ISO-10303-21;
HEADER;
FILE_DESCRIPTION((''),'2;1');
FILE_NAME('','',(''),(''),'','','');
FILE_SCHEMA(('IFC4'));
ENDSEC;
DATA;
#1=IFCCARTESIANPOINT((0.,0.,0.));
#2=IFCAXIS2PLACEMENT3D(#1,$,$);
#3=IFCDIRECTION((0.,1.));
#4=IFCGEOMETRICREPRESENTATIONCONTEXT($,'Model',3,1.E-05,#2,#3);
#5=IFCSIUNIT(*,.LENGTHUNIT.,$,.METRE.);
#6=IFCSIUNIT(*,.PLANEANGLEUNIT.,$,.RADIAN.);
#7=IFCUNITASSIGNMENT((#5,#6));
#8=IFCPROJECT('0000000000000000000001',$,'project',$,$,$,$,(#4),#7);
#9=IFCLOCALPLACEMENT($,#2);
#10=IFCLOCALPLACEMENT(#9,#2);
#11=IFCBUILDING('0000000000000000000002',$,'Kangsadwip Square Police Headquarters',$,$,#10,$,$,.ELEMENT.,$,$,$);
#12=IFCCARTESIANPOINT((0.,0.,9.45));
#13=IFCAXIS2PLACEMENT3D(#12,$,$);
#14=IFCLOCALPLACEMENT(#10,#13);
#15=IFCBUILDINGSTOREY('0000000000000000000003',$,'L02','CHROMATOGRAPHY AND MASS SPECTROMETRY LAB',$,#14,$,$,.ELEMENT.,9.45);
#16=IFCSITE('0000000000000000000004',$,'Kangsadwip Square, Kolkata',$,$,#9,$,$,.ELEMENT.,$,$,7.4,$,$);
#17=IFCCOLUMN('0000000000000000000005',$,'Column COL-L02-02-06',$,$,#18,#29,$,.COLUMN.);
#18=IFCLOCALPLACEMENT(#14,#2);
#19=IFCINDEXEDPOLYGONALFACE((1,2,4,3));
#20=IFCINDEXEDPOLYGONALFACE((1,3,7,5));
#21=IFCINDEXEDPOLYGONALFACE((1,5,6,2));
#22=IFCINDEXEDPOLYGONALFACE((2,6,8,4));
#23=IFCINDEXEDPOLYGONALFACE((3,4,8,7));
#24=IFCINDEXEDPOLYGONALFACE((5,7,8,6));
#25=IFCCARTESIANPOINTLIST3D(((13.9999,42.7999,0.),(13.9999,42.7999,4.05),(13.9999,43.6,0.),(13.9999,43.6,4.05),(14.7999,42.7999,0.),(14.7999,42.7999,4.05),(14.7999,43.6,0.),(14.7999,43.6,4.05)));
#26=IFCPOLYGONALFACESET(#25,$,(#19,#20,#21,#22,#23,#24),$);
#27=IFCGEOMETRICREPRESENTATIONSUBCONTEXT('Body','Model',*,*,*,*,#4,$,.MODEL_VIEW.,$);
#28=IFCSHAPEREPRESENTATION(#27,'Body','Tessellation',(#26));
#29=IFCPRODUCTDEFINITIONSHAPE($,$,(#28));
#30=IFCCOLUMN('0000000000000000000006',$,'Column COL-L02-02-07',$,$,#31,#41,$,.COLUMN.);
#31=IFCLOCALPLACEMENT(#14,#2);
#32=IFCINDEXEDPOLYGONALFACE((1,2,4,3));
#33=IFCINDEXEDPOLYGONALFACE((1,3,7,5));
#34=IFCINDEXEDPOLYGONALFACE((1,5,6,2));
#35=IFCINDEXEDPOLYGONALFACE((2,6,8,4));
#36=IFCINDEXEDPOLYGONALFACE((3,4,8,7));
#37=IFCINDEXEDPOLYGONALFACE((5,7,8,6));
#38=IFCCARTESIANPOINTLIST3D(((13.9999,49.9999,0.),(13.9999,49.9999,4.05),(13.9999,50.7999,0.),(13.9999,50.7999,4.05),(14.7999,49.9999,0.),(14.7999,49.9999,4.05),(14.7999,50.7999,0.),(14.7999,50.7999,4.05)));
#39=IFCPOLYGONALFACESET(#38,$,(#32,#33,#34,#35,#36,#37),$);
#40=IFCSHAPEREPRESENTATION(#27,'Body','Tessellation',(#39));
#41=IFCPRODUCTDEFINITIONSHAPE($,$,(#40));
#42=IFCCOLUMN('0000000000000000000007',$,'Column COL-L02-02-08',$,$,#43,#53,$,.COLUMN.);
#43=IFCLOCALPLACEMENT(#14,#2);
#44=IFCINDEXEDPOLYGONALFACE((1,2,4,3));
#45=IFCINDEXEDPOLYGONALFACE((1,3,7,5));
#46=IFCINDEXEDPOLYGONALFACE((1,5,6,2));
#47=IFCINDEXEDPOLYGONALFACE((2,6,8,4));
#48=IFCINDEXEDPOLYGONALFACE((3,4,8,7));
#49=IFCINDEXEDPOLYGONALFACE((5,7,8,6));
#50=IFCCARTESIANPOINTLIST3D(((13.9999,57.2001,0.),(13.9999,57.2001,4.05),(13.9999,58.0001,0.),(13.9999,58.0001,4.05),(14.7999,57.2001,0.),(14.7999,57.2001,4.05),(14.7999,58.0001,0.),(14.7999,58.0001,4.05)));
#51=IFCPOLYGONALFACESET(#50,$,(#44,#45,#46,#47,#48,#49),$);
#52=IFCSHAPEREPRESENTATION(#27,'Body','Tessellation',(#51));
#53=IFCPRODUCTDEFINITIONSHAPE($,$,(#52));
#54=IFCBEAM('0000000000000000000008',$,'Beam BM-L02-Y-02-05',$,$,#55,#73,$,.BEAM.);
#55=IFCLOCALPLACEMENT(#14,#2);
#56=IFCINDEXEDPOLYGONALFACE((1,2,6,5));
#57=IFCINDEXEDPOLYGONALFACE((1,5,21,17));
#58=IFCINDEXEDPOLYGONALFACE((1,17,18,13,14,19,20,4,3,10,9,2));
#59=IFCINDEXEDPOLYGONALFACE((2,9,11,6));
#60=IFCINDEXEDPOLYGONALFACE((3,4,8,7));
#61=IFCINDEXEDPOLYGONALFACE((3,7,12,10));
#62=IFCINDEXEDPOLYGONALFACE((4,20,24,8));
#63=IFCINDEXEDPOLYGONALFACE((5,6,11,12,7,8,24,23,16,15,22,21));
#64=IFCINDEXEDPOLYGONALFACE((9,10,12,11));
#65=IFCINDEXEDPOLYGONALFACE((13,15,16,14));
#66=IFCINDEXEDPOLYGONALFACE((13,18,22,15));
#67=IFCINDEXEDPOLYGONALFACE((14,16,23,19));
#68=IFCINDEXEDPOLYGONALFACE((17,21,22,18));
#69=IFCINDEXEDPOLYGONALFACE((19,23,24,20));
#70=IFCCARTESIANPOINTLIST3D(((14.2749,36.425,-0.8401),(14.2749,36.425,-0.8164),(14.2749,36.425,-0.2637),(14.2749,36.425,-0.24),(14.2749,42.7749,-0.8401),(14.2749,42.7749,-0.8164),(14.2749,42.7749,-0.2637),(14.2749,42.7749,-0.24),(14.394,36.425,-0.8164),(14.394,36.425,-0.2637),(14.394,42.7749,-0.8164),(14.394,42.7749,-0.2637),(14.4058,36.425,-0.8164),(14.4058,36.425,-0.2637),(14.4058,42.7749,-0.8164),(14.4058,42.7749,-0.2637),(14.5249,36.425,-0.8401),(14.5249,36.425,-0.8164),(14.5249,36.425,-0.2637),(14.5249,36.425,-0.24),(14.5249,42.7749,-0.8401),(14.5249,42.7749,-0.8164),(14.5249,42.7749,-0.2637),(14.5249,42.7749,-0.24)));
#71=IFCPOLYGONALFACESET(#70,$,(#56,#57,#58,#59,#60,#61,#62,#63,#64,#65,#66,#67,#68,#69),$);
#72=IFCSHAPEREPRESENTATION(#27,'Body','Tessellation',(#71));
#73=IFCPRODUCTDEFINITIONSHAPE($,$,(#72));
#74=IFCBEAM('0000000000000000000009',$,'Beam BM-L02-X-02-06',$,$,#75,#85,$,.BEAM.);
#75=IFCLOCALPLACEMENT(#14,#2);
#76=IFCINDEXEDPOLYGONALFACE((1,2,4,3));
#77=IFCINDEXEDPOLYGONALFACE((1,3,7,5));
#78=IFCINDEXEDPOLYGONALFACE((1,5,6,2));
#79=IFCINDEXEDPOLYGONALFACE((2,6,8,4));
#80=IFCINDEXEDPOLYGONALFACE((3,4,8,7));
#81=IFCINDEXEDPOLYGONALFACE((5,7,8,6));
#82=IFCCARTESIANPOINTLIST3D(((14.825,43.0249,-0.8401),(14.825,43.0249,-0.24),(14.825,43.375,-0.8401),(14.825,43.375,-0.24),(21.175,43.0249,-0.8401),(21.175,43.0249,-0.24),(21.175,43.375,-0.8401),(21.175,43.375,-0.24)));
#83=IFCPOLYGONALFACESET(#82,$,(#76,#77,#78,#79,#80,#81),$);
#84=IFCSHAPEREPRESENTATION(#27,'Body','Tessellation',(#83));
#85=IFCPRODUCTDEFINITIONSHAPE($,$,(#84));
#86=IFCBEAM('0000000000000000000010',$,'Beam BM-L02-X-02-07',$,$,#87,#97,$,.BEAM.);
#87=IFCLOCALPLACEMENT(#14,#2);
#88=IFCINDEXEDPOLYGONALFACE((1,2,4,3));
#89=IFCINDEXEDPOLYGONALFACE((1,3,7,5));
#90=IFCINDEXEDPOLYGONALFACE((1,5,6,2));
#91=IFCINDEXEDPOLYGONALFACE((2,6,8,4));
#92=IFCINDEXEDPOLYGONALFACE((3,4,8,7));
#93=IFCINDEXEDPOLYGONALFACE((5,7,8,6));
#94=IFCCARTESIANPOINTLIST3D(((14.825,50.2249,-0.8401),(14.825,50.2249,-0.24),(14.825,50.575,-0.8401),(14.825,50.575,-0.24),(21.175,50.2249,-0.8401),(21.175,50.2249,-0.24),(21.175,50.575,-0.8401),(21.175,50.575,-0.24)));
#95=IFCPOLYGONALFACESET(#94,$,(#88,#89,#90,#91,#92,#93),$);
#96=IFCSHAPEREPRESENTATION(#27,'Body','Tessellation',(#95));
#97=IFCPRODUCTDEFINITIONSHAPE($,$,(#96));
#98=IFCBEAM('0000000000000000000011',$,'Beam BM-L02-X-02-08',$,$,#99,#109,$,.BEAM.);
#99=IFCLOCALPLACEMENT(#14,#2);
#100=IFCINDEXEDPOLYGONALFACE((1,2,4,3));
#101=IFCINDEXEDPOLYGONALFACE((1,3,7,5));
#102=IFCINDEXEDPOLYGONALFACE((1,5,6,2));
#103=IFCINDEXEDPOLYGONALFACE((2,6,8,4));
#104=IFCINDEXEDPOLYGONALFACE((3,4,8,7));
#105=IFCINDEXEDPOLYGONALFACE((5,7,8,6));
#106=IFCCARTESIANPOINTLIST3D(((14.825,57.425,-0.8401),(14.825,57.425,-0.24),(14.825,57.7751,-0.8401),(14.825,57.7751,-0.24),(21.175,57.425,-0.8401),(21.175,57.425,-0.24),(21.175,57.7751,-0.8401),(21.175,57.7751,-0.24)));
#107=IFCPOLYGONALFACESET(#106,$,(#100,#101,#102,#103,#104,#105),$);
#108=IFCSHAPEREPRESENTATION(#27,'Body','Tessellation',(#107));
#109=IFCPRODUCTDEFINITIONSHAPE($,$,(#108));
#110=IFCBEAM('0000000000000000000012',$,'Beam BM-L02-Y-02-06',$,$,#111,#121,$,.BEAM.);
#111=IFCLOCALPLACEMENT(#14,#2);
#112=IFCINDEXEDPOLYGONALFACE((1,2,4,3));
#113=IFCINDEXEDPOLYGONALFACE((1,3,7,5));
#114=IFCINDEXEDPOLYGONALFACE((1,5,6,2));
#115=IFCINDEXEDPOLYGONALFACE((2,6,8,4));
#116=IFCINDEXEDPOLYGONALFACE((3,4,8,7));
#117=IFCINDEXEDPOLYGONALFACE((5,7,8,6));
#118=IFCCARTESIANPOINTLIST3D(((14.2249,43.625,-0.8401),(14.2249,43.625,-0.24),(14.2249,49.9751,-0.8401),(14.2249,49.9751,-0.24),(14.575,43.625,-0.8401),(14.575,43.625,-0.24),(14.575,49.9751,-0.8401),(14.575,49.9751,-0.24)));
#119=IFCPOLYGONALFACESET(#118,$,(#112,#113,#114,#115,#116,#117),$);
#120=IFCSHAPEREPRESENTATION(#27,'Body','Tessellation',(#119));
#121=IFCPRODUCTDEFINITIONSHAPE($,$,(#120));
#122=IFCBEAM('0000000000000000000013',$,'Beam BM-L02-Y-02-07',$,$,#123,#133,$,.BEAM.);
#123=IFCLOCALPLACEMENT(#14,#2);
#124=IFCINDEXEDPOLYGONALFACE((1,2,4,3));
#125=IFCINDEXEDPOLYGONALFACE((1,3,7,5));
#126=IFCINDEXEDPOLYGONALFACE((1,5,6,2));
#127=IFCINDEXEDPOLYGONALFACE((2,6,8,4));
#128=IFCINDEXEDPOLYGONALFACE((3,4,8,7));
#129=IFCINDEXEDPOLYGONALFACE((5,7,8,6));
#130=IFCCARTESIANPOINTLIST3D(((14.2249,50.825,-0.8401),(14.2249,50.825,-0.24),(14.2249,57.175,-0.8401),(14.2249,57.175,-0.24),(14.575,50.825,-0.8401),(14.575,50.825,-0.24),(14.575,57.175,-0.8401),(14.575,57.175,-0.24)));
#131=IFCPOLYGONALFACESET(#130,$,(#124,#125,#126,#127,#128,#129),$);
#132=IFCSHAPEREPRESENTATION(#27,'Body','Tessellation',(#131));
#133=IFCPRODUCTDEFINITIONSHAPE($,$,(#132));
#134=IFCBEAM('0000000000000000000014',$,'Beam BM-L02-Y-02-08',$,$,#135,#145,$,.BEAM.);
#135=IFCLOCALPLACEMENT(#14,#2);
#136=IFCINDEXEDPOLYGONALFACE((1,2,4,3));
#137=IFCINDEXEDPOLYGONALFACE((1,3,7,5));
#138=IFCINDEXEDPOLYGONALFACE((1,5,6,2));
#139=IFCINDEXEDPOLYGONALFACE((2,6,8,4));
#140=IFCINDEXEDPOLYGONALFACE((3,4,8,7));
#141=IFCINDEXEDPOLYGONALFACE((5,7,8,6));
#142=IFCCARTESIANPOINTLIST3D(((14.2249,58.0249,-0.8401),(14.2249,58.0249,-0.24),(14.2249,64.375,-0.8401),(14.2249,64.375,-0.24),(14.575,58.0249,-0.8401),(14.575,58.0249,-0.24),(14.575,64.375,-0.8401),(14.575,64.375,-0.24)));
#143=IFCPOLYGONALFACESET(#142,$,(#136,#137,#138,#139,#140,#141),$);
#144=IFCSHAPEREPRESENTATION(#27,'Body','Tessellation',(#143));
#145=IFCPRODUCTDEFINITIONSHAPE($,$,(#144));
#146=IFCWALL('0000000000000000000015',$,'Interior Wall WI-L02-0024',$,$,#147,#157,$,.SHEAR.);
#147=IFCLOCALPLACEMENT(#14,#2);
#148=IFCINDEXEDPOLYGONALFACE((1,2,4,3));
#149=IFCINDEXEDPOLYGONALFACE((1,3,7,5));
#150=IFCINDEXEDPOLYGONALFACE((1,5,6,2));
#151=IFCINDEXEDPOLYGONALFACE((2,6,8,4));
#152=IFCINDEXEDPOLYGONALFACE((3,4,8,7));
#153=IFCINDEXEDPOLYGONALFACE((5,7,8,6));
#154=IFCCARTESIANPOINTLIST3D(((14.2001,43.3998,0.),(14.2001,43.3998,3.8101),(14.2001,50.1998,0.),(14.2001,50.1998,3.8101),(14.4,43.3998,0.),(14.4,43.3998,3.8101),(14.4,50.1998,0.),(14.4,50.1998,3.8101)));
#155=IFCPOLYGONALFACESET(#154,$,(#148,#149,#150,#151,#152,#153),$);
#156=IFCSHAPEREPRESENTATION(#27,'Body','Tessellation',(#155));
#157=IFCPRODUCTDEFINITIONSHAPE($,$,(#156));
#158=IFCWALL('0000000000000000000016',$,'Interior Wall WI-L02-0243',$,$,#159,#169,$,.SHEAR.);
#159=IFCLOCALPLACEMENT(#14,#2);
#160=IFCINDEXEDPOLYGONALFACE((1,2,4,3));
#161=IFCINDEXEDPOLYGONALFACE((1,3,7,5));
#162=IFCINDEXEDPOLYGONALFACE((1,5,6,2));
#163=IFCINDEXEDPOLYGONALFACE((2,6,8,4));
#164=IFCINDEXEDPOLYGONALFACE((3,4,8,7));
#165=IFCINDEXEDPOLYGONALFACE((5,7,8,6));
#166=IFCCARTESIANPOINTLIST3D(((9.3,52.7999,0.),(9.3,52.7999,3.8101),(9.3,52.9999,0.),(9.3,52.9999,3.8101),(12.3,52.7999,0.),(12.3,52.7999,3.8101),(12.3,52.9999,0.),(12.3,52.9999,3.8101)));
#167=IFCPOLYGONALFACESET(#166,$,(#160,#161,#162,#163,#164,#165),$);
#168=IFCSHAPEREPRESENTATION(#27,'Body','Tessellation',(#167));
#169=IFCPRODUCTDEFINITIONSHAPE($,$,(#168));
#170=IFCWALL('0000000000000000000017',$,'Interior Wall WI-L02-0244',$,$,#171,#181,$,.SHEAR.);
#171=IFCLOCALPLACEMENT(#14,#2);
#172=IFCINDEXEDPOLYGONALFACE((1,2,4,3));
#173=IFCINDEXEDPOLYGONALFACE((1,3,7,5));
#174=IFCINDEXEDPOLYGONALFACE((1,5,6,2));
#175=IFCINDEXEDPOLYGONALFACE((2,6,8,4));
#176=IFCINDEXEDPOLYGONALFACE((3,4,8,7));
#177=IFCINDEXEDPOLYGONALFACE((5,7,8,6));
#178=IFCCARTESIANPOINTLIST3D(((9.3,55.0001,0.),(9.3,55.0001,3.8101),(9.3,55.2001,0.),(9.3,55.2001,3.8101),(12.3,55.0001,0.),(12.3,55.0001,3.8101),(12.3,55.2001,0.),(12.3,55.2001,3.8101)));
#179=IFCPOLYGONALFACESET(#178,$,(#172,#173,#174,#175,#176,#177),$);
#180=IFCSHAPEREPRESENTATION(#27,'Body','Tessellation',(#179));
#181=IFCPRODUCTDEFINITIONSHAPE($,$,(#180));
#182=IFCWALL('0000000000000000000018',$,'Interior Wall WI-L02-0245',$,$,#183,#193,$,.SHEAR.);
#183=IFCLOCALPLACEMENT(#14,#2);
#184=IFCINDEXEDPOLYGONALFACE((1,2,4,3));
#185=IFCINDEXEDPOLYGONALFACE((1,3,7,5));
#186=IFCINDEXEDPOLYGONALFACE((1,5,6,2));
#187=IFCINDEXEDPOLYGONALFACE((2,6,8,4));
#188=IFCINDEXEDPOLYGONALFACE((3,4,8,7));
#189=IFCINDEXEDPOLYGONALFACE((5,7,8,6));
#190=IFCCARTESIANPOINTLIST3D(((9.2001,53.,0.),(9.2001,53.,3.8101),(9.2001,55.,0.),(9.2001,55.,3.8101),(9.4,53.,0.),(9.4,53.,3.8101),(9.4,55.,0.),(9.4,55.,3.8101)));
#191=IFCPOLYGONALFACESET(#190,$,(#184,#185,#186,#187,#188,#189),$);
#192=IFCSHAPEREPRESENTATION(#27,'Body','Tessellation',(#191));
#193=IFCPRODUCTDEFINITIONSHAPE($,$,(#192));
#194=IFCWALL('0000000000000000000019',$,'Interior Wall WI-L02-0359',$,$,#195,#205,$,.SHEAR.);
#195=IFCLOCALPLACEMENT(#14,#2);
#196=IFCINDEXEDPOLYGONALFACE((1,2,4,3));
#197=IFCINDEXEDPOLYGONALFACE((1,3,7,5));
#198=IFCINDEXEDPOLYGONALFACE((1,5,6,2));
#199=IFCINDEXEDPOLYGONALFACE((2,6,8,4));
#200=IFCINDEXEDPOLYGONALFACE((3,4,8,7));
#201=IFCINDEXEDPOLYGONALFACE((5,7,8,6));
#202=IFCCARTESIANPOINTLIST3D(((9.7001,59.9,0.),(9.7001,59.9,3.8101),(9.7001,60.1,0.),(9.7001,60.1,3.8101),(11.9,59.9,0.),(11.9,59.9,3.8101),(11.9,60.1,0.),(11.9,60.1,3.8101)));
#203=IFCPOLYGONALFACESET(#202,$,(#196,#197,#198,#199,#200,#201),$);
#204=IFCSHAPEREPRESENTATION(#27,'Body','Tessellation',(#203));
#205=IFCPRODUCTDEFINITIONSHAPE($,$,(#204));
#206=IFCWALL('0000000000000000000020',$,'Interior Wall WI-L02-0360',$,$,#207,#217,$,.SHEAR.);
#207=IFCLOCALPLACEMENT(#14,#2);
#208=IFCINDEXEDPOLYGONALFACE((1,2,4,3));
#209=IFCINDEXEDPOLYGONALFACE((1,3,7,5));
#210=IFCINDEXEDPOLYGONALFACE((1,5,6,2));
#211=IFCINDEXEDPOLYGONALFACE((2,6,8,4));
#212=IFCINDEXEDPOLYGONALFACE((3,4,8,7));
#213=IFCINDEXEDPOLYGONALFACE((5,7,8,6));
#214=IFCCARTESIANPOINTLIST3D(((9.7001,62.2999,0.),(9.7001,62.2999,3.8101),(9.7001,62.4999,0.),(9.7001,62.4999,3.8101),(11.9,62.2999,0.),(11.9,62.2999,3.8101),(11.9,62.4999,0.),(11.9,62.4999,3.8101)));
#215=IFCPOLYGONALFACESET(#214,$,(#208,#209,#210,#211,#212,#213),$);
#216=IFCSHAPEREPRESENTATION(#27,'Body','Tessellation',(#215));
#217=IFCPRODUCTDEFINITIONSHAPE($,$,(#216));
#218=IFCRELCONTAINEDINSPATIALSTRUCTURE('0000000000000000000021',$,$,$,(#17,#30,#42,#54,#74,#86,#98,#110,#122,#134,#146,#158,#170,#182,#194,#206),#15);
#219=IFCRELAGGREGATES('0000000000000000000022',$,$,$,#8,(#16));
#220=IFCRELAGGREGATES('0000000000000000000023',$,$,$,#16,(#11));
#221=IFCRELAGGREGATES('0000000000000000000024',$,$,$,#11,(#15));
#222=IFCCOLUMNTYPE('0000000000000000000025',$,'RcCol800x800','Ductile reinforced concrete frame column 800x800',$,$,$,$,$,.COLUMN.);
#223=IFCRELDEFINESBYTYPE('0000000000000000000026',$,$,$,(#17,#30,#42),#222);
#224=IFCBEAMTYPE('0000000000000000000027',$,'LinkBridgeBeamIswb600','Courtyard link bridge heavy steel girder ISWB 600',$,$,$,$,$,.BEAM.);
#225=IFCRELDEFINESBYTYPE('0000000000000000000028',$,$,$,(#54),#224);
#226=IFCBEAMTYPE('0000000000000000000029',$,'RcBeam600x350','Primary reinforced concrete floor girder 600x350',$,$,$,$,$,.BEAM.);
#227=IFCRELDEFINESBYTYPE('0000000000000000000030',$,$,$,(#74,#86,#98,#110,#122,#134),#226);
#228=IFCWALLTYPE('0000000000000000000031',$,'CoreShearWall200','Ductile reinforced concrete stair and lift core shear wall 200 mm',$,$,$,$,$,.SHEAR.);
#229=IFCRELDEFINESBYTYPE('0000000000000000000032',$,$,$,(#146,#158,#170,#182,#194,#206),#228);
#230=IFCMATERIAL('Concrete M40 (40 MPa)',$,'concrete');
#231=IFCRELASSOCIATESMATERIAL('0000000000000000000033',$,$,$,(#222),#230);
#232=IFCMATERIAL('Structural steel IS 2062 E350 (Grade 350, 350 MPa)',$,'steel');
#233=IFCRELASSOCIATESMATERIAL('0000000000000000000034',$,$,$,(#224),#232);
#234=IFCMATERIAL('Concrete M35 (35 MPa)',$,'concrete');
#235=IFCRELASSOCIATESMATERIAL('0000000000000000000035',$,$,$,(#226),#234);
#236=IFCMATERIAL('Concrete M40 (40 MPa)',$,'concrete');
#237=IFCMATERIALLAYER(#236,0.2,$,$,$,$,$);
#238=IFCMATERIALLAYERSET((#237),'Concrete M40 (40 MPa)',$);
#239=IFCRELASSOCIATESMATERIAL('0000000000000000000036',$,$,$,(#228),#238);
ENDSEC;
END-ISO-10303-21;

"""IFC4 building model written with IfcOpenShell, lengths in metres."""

from ifc_helpers import new_model, si_unit, direction, frame, frame_2d, origin, origin_2d, place, context, subcontext, project, spatial, rectangle, i_section, extrude, material, layer, layer_set, material_profile, profile_set, type_object, element, save


model = new_model("IFC4")

# Units and contexts
model_context = context("Model", 3, precision=1e-05, world=origin(), true_north=direction((0.0, 1.0)))
body_context = subcontext(model_context, "Body", "Model", "MODEL_VIEW")
ifc_project = project(units=[si_unit("LENGTHUNIT", "METRE"), si_unit("PLANEANGLEUNIT", "RADIAN")], contexts=[model_context])

# Site, building, storey
site_placement = place(None, origin())
site = spatial("IfcSite", under=ifc_project, at=site_placement, Name="Kangsadwip Square, Kolkata", CompositionType="ELEMENT", RefElevation=7.4)
building_placement = place(site_placement, origin())
building = spatial("IfcBuilding", under=site, at=building_placement, Name="Kangsadwip Square Police Headquarters", CompositionType="ELEMENT")
storey_placement = place(building_placement, frame((0.0, 0.0, 9.45)))
storey = spatial("IfcBuildingStorey", under=building, at=storey_placement, Name="L02", Description="CHROMATOGRAPHY AND MASS SPECTROMETRY LAB", CompositionType="ELEMENT", Elevation=9.45)

# Columns
ifc_material_1 = material(Name="Concrete M40 (40 MPa)", Category="concrete")
ifc_material_profile_1 = material_profile(ifc_material_1, rectangle(XDim=0.8, YDim=0.8, at=origin_2d()), Name="RC COL 800X800")
ifc_profile_set_1 = profile_set([ifc_material_profile_1], Name="Concrete M40 (40 MPa)")
column_type = type_object("IfcColumnType", Name="RcCol800x800", Description="Ductile reinforced concrete frame column 800x800", PredefinedType="COLUMN", material=ifc_profile_set_1)
for number, where, z_axis, x_axis, name in (
    (1, (14.3999, 43.2, 0.0), (0.0, 0.0, 1.0), (1.0, 0.0, 0.0), "Column COL-L02-02-06"),
    (2, (14.3999, 50.3999, 0.0), (0.0, 0.0, 1.0), (1.0, 0.0, 0.0), "Column COL-L02-02-07"),
    (3, (14.3999, 57.6001, 0.0), (0.0, 0.0, 1.0), (1.0, 0.0, 0.0), "Column COL-L02-02-08"),
):
    element("IfcColumn", number, at=place(storey_placement, frame(where, z_axis=z_axis, x_axis=x_axis)), inside=storey, type_object=column_type, Name=name, PredefinedType="COLUMN", context=body_context, shape_type="SweptSolid", body=[
        extrude(rectangle(XDim=0.8, YDim=0.8, at=origin_2d()), origin(), (0.0, 0.0, 1.0), 4.05),
    ])

# Beams
ifc_material_2 = material(Name="Structural steel IS 2062 E350 (Grade 350, 350 MPa)", Category="steel")
ifc_material_profile_2 = material_profile(ifc_material_2, i_section(OverallWidth=0.25, OverallDepth=0.6001, WebThickness=0.0117, FlangeThickness=0.0237, at=origin_2d()), Name="ISWB 600")
ifc_profile_set_2 = profile_set([ifc_material_profile_2], Name="Structural steel IS 2062 E350 (Grade 350, 350 MPa)")
beam_type_1 = type_object("IfcBeamType", Name="LinkBridgeBeamIswb600", Description="Courtyard link bridge heavy steel girder ISWB 600", PredefinedType="BEAM", material=ifc_profile_set_2)
beam_placement = place(storey_placement, frame((14.3999, 36.425, -0.54), z_axis=(0.0, 1.0, 0.0), x_axis=(-1.0, 0.0, 0.0)))
element("IfcBeam", 4, at=beam_placement, inside=storey, type_object=beam_type_1, Name="Beam BM-L02-Y-02-05", PredefinedType="BEAM", context=body_context, shape_type="SweptSolid", body=[
    extrude(i_section(OverallWidth=0.25, OverallDepth=0.6001, WebThickness=0.0117, FlangeThickness=0.0237, at=origin_2d()), origin(), (0.0, 0.0, 1.0), 6.3499),
])
ifc_material_3 = material(Name="Concrete M35 (35 MPa)", Category="concrete")
ifc_material_profile_3 = material_profile(ifc_material_3, rectangle(XDim=0.3501, YDim=0.6001, at=origin_2d()), Name="RC BM 600X350")
ifc_profile_set_3 = profile_set([ifc_material_profile_3], Name="Concrete M35 (35 MPa)")
beam_type_2 = type_object("IfcBeamType", Name="RcBeam600x350", Description="Primary reinforced concrete floor girder 600x350", PredefinedType="BEAM", material=ifc_profile_set_3)
for number, where, z_axis, x_axis, name in (
    (5, (14.825, 43.2, -0.54), (1.0, 0.0, 0.0), (0.0, 1.0, 0.0), "Beam BM-L02-X-02-06"),
    (6, (14.825, 50.3999, -0.54), (1.0, 0.0, 0.0), (0.0, 1.0, 0.0), "Beam BM-L02-X-02-07"),
    (7, (14.825, 57.6001, -0.54), (1.0, 0.0, 0.0), (0.0, 1.0, 0.0), "Beam BM-L02-X-02-08"),
    (8, (14.3999, 43.625, -0.54), (0.0, 1.0, 0.0), (-1.0, 0.0, 0.0), "Beam BM-L02-Y-02-06"),
    (9, (14.3999, 50.825, -0.54), (0.0, 1.0, 0.0), (-1.0, 0.0, 0.0), "Beam BM-L02-Y-02-07"),
    (10, (14.3999, 58.0249, -0.54), (0.0, 1.0, 0.0), (-1.0, 0.0, 0.0), "Beam BM-L02-Y-02-08"),
):
    element("IfcBeam", number, at=place(storey_placement, frame(where, z_axis=z_axis, x_axis=x_axis)), inside=storey, type_object=beam_type_2, Name=name, PredefinedType="BEAM", context=body_context, shape_type="SweptSolid", body=[
        extrude(rectangle(XDim=0.3501, YDim=0.6001, at=origin_2d()), origin(), (0.0, 0.0, 1.0), 6.3501),
    ])

# Walls
ifc_material_4 = material(Name="Concrete M40 (40 MPa)", Category="concrete")
ifc_layer_1 = layer(ifc_material_4, 0.2)
ifc_layer_set_1 = layer_set([ifc_layer_1], Name="Concrete M40 (40 MPa)")
wall_type_1 = type_object("IfcWallType", Name="CoreShearWall200", Description="Ductile reinforced concrete stair and lift core shear wall 200 mm", PredefinedType="SHEAR", material=ifc_layer_set_1)
wall_1_placement = place(storey_placement, frame((14.3, 43.3999, 0.0), z_axis=(0.0, 0.0, 1.0), x_axis=(0.0, 1.0, 0.0)))
element("IfcWall", 11, at=wall_1_placement, inside=storey, type_object=wall_type_1, Name="Interior Wall WI-L02-0024", PredefinedType="SHEAR", context=body_context, shape_type="SweptSolid", body=[
    extrude(rectangle(XDim=6.8, YDim=0.2, at=frame_2d((3.3999, 0.0))), origin(), (0.0, 0.0, 1.0), 3.8101),
])
for number, where, z_axis, x_axis, name in (
    (12, (9.3, 52.8999, 0.0), (0.0, 0.0, 1.0), (1.0, 0.0, 0.0), "Interior Wall WI-L02-0243"),
    (13, (9.3, 55.1001, 0.0), (0.0, 0.0, 1.0), (1.0, 0.0, 0.0), "Interior Wall WI-L02-0244"),
):
    element("IfcWall", number, at=place(storey_placement, frame(where, z_axis=z_axis, x_axis=x_axis)), inside=storey, type_object=wall_type_1, Name=name, PredefinedType="SHEAR", context=body_context, shape_type="SweptSolid", body=[
        extrude(rectangle(XDim=3.0, YDim=0.2, at=frame_2d((1.5, 0.0))), origin(), (0.0, 0.0, 1.0), 3.8101),
    ])
wall_2_placement = place(storey_placement, frame((9.3, 53.0, 0.0), z_axis=(0.0, 0.0, 1.0), x_axis=(0.0, 1.0, 0.0)))
element("IfcWall", 14, at=wall_2_placement, inside=storey, type_object=wall_type_1, Name="Interior Wall WI-L02-0245", PredefinedType="SHEAR", context=body_context, shape_type="SweptSolid", body=[
    extrude(rectangle(XDim=2.0, YDim=0.2, at=frame_2d((1.0, 0.0))), origin(), (0.0, 0.0, 1.0), 3.8101),
])

# Walls
for number, where, z_axis, x_axis, name in (
    (15, (9.7, 60.0, 0.0), (0.0, 0.0, 1.0), (1.0, 0.0, 0.0), "Interior Wall WI-L02-0359"),
    (16, (9.7, 62.3999, 0.0), (0.0, 0.0, 1.0), (1.0, 0.0, 0.0), "Interior Wall WI-L02-0360"),
):
    element("IfcWall", number, at=place(storey_placement, frame(where, z_axis=z_axis, x_axis=x_axis)), inside=storey, type_object=wall_type_1, Name=name, PredefinedType="SHEAR", context=body_context, shape_type="SweptSolid", body=[
        extrude(rectangle(XDim=2.2, YDim=0.2, at=frame_2d((1.1001, 0.0))), origin(), (0.0, 0.0, 1.0), 3.8101),
    ])

save(model, "model.ifc")
